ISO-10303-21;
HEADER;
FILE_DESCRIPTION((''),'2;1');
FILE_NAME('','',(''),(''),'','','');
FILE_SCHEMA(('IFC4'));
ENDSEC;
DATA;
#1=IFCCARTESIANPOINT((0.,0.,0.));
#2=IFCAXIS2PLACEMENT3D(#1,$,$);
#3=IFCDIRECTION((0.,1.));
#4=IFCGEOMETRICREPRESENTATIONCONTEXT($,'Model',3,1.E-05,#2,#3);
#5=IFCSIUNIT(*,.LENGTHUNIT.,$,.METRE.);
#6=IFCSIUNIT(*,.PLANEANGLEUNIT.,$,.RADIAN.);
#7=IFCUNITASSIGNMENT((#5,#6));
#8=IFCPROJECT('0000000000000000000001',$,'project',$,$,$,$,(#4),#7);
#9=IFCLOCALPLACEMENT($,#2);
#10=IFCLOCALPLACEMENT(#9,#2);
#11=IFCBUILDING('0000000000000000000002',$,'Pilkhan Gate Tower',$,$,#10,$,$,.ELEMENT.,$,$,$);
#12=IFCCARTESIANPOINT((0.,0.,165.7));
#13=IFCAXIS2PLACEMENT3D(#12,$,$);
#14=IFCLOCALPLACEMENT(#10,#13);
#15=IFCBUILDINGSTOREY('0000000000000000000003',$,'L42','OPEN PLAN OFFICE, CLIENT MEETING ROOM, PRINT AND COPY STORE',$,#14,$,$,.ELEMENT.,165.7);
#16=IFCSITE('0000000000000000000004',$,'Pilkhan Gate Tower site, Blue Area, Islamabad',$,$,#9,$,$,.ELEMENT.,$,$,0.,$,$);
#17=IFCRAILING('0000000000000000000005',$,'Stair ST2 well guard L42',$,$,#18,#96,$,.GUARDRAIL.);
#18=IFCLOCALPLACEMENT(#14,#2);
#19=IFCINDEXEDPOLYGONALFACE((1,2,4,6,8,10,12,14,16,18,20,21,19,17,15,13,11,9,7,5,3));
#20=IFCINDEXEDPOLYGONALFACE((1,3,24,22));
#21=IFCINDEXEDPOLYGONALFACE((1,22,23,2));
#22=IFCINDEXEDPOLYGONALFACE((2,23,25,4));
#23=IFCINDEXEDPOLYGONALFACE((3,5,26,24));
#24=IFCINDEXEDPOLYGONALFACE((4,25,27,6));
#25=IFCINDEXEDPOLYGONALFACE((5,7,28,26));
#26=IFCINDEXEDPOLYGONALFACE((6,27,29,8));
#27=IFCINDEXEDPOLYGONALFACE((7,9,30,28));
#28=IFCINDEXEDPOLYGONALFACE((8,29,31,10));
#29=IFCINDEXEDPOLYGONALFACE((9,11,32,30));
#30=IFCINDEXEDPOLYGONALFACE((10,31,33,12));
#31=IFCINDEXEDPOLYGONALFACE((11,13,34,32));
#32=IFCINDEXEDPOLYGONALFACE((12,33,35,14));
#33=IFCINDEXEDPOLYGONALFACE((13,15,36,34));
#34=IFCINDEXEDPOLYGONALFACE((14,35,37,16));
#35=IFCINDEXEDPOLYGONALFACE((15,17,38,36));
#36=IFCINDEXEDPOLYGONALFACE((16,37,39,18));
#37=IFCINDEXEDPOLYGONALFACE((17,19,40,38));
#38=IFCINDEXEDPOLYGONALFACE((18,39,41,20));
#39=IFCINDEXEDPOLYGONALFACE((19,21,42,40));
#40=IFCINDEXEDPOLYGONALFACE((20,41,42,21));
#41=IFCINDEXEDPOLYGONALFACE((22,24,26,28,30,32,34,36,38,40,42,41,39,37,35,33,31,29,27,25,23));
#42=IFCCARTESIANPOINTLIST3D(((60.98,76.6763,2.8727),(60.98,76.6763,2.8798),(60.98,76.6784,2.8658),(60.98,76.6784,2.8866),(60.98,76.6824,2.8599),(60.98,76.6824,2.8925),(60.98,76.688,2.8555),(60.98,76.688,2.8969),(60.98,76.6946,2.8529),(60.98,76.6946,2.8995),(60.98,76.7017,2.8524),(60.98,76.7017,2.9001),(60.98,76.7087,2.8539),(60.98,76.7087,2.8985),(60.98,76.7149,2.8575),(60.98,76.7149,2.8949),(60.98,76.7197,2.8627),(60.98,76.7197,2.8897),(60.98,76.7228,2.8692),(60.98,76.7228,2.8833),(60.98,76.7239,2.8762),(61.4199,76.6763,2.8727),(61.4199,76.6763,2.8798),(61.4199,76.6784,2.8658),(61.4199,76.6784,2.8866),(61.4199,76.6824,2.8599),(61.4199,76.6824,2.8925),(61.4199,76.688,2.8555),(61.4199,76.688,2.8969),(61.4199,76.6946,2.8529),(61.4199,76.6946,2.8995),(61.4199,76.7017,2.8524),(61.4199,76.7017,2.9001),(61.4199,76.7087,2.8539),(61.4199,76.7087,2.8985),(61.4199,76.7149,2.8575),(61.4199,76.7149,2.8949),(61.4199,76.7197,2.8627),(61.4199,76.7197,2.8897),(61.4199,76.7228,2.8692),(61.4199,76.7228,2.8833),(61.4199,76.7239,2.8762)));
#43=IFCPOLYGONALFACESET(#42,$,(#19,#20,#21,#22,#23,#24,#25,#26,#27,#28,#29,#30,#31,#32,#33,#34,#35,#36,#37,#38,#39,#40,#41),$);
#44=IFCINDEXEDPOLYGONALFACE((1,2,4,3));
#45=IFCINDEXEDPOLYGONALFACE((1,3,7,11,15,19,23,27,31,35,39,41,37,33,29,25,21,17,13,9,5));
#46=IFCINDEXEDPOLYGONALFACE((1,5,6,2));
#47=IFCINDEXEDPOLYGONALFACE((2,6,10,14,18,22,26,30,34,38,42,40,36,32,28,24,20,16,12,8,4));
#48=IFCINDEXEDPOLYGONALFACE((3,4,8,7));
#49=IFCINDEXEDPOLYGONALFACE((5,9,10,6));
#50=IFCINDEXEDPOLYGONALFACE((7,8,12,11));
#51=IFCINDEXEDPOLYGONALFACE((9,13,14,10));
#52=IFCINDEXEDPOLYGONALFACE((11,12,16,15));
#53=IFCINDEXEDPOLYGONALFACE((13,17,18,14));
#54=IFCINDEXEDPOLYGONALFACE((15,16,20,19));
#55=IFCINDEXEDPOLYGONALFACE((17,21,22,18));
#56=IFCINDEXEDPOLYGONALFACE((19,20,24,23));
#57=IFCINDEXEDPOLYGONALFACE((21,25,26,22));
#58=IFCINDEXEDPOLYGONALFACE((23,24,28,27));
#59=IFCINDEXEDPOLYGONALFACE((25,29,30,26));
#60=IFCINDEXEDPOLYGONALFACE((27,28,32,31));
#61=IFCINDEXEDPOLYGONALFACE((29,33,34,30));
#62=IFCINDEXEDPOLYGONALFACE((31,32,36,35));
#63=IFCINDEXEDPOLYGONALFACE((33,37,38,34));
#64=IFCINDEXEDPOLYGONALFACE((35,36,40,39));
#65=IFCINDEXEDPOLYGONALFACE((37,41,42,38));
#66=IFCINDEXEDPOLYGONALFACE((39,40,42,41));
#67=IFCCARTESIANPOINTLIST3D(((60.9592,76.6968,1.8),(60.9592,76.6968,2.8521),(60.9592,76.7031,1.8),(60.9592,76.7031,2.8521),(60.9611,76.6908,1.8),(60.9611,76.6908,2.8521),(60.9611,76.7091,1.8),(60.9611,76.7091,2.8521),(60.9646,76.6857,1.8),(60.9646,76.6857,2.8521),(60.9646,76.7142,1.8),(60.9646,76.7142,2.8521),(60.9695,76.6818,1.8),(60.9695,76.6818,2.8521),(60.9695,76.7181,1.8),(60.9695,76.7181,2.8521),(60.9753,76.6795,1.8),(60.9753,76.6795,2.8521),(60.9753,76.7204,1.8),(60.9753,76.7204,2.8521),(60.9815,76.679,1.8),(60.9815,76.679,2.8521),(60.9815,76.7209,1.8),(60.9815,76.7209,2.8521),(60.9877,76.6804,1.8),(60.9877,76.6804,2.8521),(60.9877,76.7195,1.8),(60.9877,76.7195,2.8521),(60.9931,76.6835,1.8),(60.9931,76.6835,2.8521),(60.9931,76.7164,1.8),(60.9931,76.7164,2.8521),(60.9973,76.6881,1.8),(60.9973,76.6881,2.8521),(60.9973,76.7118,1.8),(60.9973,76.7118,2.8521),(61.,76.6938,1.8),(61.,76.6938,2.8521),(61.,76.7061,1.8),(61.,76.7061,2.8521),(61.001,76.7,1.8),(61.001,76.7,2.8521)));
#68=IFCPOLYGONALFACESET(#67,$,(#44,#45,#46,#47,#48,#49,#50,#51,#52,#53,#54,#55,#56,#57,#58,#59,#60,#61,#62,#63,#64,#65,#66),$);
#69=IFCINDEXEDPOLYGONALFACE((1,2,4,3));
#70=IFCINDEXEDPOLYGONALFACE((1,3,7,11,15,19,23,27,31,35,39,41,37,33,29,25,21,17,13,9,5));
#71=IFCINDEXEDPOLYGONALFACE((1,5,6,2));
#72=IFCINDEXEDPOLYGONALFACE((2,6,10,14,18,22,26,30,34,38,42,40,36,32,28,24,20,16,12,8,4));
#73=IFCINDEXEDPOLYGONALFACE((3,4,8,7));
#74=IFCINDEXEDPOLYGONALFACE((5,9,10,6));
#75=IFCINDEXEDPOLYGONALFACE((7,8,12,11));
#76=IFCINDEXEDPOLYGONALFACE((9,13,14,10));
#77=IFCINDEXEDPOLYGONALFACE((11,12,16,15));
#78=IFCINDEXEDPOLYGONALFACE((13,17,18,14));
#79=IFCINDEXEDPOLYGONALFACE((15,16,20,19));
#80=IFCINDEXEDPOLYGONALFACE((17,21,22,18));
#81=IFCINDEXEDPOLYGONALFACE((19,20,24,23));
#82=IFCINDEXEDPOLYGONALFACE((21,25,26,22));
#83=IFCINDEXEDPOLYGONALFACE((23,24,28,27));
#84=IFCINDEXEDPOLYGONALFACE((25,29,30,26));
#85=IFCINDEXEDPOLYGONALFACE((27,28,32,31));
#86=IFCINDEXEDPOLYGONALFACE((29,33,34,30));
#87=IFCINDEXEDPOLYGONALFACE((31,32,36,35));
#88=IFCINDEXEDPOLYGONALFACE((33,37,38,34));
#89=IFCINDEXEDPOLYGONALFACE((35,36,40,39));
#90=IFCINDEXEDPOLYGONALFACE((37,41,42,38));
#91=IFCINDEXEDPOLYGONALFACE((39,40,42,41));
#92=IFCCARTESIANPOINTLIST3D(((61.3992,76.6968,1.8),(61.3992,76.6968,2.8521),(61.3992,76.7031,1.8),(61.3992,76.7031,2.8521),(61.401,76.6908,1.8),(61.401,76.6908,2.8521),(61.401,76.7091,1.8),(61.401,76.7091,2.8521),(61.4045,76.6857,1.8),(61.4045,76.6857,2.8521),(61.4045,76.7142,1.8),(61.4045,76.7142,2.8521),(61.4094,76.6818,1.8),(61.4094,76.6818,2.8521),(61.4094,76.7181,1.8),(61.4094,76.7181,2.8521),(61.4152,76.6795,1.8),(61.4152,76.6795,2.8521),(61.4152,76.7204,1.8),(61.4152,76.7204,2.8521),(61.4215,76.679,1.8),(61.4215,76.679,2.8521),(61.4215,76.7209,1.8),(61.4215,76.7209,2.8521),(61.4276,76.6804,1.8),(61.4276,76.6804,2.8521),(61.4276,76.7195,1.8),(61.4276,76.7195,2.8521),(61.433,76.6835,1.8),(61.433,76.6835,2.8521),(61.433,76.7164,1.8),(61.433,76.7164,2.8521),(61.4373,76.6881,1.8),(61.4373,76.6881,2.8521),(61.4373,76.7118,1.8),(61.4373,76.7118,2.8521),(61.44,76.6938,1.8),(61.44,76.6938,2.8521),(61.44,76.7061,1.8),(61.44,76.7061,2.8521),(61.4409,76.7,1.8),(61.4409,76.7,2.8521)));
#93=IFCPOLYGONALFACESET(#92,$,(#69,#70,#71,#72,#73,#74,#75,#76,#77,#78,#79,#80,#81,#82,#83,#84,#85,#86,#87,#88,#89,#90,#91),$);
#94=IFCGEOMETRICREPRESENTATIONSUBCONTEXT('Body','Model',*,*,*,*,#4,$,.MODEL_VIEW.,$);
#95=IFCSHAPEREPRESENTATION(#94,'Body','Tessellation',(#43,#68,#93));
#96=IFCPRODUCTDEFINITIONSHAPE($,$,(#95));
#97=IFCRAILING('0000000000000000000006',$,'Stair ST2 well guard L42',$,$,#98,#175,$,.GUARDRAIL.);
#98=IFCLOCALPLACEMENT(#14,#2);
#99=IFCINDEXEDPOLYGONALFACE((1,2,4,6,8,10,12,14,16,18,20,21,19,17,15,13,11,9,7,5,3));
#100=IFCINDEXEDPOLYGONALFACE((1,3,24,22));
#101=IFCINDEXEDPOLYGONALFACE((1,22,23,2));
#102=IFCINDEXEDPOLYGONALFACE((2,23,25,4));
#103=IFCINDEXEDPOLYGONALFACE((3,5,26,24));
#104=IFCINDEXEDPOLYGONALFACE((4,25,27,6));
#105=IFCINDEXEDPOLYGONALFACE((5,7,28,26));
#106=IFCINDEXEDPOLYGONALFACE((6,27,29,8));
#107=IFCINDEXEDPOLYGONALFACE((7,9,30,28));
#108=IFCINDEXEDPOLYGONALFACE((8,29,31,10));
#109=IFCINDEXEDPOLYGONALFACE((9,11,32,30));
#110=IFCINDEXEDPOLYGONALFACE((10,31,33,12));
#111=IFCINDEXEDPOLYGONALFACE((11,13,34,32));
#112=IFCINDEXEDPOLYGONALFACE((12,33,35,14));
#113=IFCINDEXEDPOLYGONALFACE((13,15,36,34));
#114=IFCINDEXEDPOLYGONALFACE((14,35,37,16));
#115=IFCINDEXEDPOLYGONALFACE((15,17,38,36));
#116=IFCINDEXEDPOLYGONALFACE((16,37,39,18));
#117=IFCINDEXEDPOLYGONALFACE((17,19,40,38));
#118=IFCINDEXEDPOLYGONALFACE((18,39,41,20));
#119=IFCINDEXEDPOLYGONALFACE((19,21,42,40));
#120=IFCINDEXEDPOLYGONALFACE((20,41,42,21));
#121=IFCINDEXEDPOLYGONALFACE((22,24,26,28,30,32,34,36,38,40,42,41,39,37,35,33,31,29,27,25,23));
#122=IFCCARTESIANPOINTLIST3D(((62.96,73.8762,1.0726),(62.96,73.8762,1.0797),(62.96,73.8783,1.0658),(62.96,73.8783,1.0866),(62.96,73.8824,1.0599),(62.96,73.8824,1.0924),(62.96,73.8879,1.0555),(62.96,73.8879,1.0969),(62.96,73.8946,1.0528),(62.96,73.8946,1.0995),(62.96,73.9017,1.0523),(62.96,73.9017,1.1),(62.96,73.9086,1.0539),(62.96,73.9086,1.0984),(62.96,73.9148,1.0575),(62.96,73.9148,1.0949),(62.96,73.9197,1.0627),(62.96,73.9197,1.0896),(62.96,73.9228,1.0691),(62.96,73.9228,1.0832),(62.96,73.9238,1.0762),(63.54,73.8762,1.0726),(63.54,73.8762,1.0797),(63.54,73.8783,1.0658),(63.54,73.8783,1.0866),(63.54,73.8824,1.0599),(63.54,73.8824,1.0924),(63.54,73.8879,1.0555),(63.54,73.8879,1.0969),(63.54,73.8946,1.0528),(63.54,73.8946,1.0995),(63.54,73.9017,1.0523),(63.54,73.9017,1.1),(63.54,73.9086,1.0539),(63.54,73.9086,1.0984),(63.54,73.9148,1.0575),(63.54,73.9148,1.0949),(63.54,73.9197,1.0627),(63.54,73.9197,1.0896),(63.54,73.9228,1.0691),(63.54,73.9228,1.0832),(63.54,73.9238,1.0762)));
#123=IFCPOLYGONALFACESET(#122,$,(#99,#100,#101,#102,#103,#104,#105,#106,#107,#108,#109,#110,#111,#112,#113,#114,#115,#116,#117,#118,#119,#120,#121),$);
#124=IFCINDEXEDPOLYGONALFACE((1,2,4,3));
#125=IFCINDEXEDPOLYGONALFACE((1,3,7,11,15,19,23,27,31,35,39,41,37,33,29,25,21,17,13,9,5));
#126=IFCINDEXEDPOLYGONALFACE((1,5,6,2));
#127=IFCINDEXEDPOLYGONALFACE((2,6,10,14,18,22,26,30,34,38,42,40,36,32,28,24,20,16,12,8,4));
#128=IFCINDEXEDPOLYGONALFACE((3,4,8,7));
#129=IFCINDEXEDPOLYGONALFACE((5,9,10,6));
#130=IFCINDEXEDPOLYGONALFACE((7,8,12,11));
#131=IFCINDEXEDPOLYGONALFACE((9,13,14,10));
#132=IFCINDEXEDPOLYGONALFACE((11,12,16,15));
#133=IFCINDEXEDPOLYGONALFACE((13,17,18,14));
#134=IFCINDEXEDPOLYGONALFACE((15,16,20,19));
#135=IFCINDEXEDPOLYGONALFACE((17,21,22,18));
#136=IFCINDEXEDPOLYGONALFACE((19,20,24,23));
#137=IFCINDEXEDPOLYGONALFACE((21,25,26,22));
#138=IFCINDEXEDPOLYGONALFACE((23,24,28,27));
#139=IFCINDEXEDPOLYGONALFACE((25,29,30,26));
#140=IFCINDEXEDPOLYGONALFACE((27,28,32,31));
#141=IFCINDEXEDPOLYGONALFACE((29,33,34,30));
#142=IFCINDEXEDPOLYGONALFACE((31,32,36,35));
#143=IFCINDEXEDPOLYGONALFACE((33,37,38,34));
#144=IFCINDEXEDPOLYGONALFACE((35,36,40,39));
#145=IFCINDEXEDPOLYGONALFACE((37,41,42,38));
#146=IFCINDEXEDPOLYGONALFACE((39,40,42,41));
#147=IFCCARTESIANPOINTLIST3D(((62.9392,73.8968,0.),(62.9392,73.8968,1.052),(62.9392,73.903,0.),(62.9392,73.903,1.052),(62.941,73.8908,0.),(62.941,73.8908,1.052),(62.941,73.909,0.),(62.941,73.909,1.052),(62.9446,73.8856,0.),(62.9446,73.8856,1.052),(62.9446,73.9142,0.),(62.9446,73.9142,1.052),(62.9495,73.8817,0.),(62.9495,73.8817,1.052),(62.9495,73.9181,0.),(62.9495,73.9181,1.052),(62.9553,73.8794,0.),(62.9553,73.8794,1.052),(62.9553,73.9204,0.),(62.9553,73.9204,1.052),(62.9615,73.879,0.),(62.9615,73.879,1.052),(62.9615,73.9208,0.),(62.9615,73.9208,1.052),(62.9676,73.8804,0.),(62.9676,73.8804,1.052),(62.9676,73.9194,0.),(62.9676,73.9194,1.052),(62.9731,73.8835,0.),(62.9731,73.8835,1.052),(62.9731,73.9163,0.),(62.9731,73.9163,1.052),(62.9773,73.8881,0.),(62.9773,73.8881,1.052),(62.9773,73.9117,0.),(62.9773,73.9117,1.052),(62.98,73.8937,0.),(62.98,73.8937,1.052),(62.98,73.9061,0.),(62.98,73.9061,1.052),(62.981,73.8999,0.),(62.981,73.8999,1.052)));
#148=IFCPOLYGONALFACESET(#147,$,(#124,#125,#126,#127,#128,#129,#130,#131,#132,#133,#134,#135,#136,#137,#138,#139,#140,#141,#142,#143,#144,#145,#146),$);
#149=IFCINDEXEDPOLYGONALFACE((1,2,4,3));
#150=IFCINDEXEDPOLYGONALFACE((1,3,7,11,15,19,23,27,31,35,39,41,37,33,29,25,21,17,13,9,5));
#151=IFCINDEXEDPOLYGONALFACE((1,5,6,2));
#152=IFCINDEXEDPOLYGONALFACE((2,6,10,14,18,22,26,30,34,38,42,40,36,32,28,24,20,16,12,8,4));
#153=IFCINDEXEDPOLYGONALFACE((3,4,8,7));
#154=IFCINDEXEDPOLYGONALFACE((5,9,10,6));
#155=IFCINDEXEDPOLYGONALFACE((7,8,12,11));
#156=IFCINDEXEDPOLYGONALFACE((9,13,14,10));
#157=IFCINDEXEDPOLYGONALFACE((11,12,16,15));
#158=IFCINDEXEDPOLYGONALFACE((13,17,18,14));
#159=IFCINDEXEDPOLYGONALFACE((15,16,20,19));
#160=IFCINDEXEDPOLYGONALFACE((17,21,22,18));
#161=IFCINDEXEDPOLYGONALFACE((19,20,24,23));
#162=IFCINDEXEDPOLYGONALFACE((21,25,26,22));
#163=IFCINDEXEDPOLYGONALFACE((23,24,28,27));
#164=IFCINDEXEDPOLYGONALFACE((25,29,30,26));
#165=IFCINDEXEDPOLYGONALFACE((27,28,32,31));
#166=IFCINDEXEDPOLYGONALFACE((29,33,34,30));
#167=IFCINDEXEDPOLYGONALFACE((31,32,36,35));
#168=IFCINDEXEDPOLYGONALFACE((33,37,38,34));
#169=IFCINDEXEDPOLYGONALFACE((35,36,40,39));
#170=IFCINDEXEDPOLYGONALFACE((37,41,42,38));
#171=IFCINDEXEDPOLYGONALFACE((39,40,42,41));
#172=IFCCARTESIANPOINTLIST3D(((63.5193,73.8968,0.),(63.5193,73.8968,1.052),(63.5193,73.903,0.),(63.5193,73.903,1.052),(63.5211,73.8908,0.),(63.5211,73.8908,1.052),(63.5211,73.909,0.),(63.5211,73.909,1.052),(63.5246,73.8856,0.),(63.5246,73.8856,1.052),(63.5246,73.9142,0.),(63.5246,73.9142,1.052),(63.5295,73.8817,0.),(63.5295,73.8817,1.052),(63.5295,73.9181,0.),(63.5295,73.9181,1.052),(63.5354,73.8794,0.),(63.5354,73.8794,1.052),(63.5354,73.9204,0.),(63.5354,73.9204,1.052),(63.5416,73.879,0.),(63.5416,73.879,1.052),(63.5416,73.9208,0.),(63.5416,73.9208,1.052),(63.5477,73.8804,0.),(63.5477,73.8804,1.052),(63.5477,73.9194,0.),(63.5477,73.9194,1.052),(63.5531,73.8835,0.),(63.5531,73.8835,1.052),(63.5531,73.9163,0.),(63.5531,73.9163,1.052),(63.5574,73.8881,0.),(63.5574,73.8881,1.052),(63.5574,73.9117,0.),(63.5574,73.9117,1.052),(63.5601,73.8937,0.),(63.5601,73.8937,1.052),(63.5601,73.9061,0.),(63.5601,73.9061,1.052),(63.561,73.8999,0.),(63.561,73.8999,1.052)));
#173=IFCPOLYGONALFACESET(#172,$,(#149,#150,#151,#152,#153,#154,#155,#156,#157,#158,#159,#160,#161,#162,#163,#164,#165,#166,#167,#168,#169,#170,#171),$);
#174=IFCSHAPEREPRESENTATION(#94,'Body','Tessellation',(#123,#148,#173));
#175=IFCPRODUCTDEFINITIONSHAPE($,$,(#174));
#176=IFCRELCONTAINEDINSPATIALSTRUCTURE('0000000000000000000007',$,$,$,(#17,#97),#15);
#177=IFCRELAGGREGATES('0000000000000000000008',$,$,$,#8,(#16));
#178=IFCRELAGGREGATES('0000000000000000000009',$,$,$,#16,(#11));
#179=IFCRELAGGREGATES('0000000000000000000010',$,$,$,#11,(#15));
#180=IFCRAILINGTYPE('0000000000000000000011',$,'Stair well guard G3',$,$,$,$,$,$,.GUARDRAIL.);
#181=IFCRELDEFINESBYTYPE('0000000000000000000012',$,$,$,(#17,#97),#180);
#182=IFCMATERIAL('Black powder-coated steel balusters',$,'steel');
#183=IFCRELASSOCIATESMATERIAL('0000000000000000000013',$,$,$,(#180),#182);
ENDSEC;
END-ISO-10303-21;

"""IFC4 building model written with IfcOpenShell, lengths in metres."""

from ifc_helpers import new_model, si_unit, direction, frame, origin, origin_2d, place, context, subcontext, project, spatial, circle, extrude, material, type_object, element, save


model = new_model("IFC4")

# Units and contexts
model_context = context("Model", 3, precision=1e-05, world=origin(), true_north=direction((0.0, 1.0)))
body_context = subcontext(model_context, "Body", "Model", "MODEL_VIEW")
ifc_project = project(units=[si_unit("LENGTHUNIT", "METRE"), si_unit("PLANEANGLEUNIT", "RADIAN")], contexts=[model_context])

# Site, building, storey
site_placement = place(None, origin())
site = spatial("IfcSite", under=ifc_project, at=site_placement, Name="Pilkhan Gate Tower site, Blue Area, Islamabad", CompositionType="ELEMENT", RefElevation=0.0)
building_placement = place(site_placement, origin())
building = spatial("IfcBuilding", under=site, at=building_placement, Name="Pilkhan Gate Tower", CompositionType="ELEMENT")
storey_placement = place(building_placement, frame((0.0, 0.0, 165.7)))
storey = spatial("IfcBuildingStorey", under=building, at=storey_placement, Name="L42", Description="OPEN PLAN OFFICE, CLIENT MEETING ROOM, PRINT AND COPY STORE", CompositionType="ELEMENT", Elevation=165.7)

# Railings
ifc_material_1 = material(Name="Black powder-coated steel balusters", Category="steel")
railing_type_1 = type_object("IfcRailingType", Name="Stair well guard G3", PredefinedType="GUARDRAIL", material=ifc_material_1)
railing_1_placement = place(storey_placement, frame((60.98, 76.7, 1.8)))
element("IfcRailing", 1, at=railing_1_placement, inside=storey, type_object=railing_type_1, Name="Stair ST2 well guard L42", PredefinedType="GUARDRAIL", context=body_context, shape_type="SweptSolid", body=[
    extrude(circle(Radius=0.0239, at=origin_2d()), frame((0.0, 0.0, 1.0762), z_axis=(1.0, 0.0, 0.0), x_axis=(0.0, 1.0, 0.0)), (0.0, 0.0, 1.0), 0.4399),
    extrude(circle(Radius=0.021, at=origin_2d()), origin(), (0.0, 0.0, 1.0), 1.052),
    extrude(circle(Radius=0.021, at=origin_2d()), frame((0.4399, 0.0, 0.0)), (0.0, 0.0, 1.0), 1.052),
])
for number, where, name in (
    (2, (62.96, 73.8999, 0.0), "Stair ST2 well guard L42"),
):
    element("IfcRailing", number, at=place(storey_placement, frame(where)), inside=storey, type_object=railing_type_1, Name=name, PredefinedType="GUARDRAIL", context=body_context, shape_type="SweptSolid", body=[
        extrude(circle(Radius=0.0239, at=origin_2d()), frame((0.0, 0.0, 1.0762), z_axis=(1.0, 0.0, 0.0), x_axis=(0.0, 1.0, 0.0)), (0.0, 0.0, 1.0), 0.5801),
        extrude(circle(Radius=0.021, at=origin_2d()), origin(), (0.0, 0.0, 1.0), 1.052),
        extrude(circle(Radius=0.021, at=origin_2d()), frame((0.5801, 0.0, 0.0)), (0.0, 0.0, 1.0), 1.052),
    ])

save(model, "model.ifc")
